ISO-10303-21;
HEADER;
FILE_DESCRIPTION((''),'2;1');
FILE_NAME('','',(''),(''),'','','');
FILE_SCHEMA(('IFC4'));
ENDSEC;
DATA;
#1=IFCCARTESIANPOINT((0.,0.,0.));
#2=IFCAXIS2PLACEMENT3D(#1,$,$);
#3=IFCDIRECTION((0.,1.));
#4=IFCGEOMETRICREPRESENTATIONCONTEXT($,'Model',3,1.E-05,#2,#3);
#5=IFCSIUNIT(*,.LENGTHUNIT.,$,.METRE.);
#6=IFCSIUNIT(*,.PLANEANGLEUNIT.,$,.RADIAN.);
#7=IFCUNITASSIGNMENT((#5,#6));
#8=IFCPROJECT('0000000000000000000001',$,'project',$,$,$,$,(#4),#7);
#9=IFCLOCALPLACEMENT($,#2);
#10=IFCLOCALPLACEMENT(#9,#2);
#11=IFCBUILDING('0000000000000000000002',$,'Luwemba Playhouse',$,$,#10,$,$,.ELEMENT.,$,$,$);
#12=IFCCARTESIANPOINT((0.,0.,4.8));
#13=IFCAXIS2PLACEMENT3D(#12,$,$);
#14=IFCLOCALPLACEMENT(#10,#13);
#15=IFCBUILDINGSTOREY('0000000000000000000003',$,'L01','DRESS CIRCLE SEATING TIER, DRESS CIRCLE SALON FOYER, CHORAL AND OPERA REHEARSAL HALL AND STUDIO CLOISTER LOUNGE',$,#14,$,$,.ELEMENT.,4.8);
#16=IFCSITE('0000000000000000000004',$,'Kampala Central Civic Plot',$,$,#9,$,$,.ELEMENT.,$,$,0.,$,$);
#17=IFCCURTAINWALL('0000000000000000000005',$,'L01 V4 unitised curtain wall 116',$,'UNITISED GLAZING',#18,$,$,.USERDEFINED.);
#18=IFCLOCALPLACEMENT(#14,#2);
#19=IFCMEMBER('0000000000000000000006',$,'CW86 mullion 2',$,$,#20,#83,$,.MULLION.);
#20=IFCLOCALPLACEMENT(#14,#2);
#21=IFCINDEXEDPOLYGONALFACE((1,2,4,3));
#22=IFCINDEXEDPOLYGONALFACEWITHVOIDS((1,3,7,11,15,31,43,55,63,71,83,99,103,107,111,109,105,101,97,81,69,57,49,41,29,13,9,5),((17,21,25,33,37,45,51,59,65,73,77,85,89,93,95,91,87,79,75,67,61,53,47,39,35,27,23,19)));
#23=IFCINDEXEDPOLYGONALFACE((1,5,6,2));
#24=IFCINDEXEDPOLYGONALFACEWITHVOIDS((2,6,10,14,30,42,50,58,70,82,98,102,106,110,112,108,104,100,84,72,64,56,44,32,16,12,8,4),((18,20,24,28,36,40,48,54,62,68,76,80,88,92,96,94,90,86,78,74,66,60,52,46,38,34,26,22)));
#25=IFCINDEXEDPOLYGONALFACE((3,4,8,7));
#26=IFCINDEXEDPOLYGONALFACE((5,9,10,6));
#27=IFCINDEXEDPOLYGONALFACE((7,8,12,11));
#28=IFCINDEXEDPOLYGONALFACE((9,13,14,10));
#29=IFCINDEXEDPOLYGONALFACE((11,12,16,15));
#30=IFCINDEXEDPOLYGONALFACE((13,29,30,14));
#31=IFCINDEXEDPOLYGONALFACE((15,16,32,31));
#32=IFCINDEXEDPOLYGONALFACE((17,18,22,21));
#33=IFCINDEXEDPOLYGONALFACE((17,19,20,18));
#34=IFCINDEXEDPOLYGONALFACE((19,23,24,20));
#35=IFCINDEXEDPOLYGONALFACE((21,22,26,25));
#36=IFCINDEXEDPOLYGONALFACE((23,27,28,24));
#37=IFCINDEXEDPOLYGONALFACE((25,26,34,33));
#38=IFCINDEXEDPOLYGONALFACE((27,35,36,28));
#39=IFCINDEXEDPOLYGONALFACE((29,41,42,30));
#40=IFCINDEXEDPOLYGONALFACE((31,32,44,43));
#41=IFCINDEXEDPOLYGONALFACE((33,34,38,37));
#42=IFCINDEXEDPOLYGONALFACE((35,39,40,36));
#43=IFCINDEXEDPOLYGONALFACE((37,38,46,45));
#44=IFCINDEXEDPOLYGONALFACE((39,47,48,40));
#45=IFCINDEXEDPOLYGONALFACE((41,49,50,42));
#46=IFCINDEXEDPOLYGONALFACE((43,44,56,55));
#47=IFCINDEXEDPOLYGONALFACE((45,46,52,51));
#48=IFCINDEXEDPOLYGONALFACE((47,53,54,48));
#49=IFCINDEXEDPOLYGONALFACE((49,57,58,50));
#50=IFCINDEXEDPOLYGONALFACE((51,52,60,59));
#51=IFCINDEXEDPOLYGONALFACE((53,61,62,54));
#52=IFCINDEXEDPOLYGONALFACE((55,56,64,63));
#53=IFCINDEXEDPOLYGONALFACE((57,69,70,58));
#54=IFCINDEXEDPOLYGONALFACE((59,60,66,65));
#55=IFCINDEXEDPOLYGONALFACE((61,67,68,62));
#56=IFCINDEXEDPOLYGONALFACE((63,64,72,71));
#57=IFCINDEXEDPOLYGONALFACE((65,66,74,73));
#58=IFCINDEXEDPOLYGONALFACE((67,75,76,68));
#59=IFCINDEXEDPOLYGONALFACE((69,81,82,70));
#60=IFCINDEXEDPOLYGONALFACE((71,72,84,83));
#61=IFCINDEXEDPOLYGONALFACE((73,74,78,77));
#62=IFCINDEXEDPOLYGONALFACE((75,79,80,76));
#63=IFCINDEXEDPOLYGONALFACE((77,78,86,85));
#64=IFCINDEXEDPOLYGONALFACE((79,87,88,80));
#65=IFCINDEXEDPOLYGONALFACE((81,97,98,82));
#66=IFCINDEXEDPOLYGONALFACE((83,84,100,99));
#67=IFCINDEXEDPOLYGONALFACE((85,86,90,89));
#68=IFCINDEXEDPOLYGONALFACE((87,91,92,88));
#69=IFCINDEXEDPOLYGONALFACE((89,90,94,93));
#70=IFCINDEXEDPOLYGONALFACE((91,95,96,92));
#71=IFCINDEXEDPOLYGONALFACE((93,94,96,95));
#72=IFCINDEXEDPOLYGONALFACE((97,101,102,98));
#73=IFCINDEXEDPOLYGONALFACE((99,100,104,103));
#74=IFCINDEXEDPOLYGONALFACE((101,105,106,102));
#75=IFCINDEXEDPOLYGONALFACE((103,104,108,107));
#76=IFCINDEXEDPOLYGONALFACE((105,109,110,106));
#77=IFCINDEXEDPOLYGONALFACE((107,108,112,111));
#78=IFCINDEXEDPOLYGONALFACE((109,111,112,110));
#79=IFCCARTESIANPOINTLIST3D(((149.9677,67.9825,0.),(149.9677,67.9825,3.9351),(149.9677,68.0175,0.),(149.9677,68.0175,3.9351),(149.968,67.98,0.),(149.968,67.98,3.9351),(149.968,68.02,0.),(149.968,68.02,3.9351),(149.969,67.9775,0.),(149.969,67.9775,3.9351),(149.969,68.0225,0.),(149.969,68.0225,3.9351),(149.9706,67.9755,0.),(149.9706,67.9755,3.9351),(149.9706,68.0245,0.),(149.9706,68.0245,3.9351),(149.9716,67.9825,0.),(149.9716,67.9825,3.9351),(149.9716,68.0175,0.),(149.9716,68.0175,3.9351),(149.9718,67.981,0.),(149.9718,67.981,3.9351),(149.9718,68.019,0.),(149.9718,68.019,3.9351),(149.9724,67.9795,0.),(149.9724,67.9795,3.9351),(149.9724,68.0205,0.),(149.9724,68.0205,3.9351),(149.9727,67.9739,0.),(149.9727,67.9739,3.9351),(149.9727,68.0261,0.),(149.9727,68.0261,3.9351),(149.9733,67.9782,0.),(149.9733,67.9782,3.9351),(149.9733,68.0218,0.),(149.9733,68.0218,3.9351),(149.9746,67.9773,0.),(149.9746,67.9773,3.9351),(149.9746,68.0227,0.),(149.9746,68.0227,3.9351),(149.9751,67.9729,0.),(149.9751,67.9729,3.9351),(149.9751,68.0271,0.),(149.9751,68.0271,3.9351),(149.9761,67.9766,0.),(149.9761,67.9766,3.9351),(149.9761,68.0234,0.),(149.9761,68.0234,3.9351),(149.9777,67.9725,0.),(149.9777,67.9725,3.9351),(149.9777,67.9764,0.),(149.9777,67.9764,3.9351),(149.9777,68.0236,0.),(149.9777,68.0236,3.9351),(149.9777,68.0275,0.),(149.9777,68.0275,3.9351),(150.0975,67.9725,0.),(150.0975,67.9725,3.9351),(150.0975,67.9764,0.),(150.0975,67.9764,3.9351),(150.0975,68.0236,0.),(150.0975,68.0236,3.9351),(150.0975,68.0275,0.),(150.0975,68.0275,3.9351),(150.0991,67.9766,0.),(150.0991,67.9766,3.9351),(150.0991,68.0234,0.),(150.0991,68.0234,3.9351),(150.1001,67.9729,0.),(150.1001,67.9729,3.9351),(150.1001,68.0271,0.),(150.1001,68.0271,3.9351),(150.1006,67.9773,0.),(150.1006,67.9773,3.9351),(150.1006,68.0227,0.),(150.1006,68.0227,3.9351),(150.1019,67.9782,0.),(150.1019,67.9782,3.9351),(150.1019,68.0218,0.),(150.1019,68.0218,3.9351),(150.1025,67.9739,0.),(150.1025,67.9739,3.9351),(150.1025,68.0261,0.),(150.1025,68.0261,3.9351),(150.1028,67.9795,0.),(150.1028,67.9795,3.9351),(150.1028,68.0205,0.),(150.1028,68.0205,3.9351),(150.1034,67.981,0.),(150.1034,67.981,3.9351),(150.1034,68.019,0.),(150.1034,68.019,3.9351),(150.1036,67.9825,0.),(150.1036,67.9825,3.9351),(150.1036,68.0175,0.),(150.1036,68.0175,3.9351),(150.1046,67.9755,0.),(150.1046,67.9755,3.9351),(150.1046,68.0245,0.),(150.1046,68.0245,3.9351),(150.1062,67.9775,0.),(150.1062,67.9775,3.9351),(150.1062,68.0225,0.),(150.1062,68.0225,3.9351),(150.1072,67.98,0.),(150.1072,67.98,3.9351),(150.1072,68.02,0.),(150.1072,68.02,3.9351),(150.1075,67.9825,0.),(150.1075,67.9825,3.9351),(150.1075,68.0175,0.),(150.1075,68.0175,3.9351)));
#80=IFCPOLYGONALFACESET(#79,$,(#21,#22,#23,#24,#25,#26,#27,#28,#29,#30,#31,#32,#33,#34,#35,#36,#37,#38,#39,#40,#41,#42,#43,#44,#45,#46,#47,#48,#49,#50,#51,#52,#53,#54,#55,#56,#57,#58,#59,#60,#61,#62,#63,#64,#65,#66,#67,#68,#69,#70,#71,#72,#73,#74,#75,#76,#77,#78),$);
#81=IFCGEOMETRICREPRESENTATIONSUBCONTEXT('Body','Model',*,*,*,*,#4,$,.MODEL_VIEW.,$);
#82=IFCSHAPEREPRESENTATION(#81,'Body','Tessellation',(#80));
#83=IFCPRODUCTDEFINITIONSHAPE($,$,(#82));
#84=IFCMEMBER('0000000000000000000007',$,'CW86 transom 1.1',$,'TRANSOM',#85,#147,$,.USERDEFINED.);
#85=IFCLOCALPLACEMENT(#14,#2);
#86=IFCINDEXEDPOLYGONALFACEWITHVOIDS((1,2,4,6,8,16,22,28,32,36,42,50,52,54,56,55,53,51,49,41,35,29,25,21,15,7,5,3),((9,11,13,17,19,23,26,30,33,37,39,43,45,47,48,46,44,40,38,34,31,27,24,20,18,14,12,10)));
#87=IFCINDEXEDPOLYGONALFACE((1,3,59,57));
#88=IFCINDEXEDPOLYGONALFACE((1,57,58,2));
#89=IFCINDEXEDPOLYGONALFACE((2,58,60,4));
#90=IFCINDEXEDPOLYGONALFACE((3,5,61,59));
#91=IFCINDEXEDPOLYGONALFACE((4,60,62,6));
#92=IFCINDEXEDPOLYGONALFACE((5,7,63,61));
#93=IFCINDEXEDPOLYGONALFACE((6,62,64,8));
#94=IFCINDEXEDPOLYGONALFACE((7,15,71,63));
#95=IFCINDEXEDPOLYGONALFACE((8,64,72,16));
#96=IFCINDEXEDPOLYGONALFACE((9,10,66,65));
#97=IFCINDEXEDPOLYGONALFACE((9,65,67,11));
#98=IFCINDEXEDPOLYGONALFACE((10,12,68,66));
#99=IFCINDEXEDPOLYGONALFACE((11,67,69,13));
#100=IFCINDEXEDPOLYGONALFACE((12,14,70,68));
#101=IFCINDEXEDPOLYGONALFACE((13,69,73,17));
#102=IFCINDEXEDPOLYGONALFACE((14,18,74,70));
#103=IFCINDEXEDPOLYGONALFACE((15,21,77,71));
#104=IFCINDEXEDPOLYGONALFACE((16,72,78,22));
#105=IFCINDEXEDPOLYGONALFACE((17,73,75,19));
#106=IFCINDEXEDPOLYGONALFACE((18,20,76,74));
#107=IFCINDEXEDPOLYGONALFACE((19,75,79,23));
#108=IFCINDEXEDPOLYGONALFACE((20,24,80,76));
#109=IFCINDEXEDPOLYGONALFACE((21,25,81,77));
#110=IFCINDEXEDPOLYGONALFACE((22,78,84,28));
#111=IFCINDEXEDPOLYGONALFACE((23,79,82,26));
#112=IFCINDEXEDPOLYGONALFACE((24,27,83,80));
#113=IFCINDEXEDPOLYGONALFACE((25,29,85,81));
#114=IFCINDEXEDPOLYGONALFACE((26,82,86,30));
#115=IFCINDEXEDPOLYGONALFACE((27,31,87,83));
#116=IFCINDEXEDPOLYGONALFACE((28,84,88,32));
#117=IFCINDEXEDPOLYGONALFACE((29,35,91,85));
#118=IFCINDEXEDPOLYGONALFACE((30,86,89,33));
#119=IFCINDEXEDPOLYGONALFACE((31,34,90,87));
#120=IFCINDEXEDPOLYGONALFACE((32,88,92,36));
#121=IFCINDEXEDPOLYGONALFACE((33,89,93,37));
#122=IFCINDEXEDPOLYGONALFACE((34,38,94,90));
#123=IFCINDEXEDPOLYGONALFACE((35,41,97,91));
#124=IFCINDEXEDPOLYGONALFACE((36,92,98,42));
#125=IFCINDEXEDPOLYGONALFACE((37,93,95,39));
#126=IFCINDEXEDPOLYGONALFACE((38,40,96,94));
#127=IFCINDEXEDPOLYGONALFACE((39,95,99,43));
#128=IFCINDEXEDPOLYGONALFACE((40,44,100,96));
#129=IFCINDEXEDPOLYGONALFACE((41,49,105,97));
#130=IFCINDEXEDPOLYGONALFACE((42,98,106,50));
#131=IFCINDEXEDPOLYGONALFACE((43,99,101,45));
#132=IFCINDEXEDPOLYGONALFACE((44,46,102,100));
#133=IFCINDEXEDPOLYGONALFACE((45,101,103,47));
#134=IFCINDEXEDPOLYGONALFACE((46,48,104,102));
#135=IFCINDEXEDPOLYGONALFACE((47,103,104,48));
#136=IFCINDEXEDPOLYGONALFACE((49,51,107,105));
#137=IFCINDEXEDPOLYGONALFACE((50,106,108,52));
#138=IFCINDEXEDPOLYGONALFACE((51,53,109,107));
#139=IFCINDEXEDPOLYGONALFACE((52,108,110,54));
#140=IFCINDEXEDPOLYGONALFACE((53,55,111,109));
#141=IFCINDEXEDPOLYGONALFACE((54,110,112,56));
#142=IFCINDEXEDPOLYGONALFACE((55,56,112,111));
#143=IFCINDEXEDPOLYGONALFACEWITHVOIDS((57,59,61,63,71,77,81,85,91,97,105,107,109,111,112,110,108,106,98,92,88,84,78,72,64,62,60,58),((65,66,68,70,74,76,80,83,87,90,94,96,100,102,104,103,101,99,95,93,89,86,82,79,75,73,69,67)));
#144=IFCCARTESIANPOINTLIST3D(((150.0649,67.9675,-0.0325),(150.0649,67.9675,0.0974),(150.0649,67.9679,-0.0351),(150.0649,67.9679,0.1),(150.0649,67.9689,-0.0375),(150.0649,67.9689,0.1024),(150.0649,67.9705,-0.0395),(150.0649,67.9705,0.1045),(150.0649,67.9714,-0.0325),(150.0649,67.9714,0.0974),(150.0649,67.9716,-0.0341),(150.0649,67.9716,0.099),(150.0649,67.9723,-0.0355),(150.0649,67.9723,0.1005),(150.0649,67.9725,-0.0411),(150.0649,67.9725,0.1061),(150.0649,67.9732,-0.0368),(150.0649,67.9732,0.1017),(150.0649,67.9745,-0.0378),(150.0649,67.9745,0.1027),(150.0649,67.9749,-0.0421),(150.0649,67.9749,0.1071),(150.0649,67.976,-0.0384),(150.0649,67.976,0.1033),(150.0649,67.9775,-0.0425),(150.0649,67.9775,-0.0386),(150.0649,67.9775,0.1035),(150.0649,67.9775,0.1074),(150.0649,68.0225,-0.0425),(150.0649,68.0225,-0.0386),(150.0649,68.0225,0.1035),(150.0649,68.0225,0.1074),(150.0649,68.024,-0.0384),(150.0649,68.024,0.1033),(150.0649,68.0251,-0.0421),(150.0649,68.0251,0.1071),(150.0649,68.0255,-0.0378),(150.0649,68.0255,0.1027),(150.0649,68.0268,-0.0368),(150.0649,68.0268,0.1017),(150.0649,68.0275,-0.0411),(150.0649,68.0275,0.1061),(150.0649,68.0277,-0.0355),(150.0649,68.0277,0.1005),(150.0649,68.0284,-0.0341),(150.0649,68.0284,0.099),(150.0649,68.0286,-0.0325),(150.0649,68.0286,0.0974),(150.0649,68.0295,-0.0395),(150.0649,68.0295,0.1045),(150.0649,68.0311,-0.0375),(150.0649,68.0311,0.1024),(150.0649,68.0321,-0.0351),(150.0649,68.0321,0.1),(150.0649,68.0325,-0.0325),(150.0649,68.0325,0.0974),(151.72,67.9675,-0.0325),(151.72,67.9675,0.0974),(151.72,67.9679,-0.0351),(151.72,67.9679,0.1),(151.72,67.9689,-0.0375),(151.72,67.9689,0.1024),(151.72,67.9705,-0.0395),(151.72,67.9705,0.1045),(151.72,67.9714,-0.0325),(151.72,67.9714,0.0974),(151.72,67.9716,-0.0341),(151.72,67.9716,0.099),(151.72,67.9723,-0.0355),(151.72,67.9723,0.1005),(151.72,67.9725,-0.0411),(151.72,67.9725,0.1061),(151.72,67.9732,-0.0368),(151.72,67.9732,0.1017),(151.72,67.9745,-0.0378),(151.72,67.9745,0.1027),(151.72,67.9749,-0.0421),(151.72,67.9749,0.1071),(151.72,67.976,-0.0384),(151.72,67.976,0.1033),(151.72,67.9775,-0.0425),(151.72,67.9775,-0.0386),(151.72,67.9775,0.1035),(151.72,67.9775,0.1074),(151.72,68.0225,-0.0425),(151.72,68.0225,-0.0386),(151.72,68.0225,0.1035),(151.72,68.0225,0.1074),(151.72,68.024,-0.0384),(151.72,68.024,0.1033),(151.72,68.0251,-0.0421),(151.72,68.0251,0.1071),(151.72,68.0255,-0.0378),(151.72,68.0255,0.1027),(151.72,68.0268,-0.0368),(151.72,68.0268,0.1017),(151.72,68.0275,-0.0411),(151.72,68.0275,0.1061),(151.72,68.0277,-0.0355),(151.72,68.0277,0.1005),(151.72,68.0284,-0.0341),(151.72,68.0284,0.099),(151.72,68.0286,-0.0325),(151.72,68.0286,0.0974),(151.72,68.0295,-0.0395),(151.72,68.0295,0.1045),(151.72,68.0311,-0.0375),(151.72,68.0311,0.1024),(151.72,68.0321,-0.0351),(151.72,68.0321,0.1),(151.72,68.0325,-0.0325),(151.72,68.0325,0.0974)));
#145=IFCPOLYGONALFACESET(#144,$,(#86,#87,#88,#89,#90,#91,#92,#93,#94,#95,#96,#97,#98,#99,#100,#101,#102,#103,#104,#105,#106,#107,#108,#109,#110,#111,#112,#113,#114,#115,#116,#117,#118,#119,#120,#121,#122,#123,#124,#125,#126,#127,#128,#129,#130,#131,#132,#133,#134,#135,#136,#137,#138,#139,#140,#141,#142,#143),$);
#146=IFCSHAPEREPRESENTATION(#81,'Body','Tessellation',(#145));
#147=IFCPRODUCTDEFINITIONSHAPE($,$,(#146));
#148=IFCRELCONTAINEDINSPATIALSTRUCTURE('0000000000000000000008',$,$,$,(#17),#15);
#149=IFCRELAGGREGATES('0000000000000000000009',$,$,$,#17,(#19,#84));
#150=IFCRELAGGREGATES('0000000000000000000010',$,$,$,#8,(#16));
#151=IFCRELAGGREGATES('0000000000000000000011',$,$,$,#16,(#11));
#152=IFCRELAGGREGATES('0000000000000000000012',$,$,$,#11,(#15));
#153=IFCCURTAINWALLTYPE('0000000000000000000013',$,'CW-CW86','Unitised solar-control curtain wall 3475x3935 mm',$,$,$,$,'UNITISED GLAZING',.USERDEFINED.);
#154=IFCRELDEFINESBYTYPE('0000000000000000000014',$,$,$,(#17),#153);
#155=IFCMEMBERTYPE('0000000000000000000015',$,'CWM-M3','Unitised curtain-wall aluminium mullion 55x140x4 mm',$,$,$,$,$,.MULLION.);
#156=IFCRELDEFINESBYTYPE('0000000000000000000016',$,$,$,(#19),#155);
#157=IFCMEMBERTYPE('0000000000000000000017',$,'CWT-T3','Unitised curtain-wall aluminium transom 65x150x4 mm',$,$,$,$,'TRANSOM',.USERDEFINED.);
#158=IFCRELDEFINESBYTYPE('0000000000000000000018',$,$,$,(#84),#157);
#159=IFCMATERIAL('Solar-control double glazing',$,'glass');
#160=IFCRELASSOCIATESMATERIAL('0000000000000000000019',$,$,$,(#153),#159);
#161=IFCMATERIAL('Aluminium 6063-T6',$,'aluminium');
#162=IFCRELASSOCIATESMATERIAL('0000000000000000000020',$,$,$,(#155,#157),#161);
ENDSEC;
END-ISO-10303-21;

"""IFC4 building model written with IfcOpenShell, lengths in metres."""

from ifc_helpers import new_model, si_unit, direction, frame, origin, origin_2d, place, context, subcontext, project, spatial, hollow_rectangle, extrude, material, material_profile, profile_set, type_object, element, aggregate, save


model = new_model("IFC4")

# Units and contexts
model_context = context("Model", 3, precision=1e-05, world=origin(), true_north=direction((0.0, 1.0)))
body_context = subcontext(model_context, "Body", "Model", "MODEL_VIEW")
ifc_project = project(units=[si_unit("LENGTHUNIT", "METRE"), si_unit("PLANEANGLEUNIT", "RADIAN")], contexts=[model_context])

# Site, building, storey
site_placement = place(None, origin())
site = spatial("IfcSite", under=ifc_project, at=site_placement, Name="Kampala Central Civic Plot", CompositionType="ELEMENT", RefElevation=0.0)
building_placement = place(site_placement, origin())
building = spatial("IfcBuilding", under=site, at=building_placement, Name="Luwemba Playhouse", CompositionType="ELEMENT")
storey_placement = place(building_placement, frame((0.0, 0.0, 4.8)))
storey = spatial("IfcBuildingStorey", under=building, at=storey_placement, Name="L01", Description="DRESS CIRCLE SEATING TIER, DRESS CIRCLE SALON FOYER, CHORAL AND OPERA REHEARSAL HALL AND STUDIO CLOISTER LOUNGE", CompositionType="ELEMENT", Elevation=4.8)

# Curtain wall, members
ifc_material_1 = material(Name="Solar-control double glazing", Category="glass")
curtain_wall_type = type_object("IfcCurtainWallType", Name="CW-CW86", Description="Unitised solar-control curtain wall 3475x3935 mm", ElementType="UNITISED GLAZING", PredefinedType="USERDEFINED", material=ifc_material_1)
curtain_wall_placement = place(storey_placement, origin())
curtain_wall = element("IfcCurtainWall", 1, at=curtain_wall_placement, inside=storey, type_object=curtain_wall_type, Name="L01 V4 unitised curtain wall 116", ObjectType="UNITISED GLAZING", PredefinedType="USERDEFINED")
ifc_material_2 = material(Name="Aluminium 6063-T6", Category="aluminium")
ifc_material_profile_1 = material_profile(ifc_material_2, hollow_rectangle(XDim=0.0549, YDim=0.1399, WallThickness=0.0039, InnerFilletRadius=0.0061, OuterFilletRadius=0.01, at=origin_2d()))
ifc_profile_set_1 = profile_set([ifc_material_profile_1], Name="Aluminium 6063-T6")
member_type_1 = type_object("IfcMemberType", Name="CWM-M3", Description="Unitised curtain-wall aluminium mullion 55x140x4 mm", PredefinedType="MULLION", material=ifc_profile_set_1)
member_1_placement = place(storey_placement, frame((150.0376, 68.0, 0.0), z_axis=(0.0, 0.0, 1.0), x_axis=(0.0, -1.0, 0.0)))
member_1 = element("IfcMember", 2, at=member_1_placement, type_object=member_type_1, Name="CW86 mullion 2", PredefinedType="MULLION", context=body_context, shape_type="SweptSolid", body=[
    extrude(hollow_rectangle(XDim=0.0549, YDim=0.1399, WallThickness=0.0039, InnerFilletRadius=0.0061, OuterFilletRadius=0.01, at=origin_2d()), origin(), (0.0, 0.0, 1.0), 3.9351),
])
ifc_material_profile_2 = material_profile(ifc_material_2, hollow_rectangle(XDim=0.0649, YDim=0.1499, WallThickness=0.0039, InnerFilletRadius=0.0061, OuterFilletRadius=0.01, at=origin_2d()))
ifc_profile_set_2 = profile_set([ifc_material_profile_2], Name="Aluminium 6063-T6")
member_type_2 = type_object("IfcMemberType", Name="CWT-T3", Description="Unitised curtain-wall aluminium transom 65x150x4 mm", ElementType="TRANSOM", PredefinedType="USERDEFINED", material=ifc_profile_set_2)
member_2_placement = place(storey_placement, frame((151.72, 68.0, 0.0325), z_axis=(-1.0, 0.0, 0.0), x_axis=(0.0, -1.0, 0.0)))
member_2 = element("IfcMember", 3, at=member_2_placement, type_object=member_type_2, Name="CW86 transom 1.1", ObjectType="TRANSOM", PredefinedType="USERDEFINED", context=body_context, shape_type="SweptSolid", body=[
    extrude(hollow_rectangle(XDim=0.0649, YDim=0.1499, WallThickness=0.0039, InnerFilletRadius=0.0061, OuterFilletRadius=0.01, at=origin_2d()), origin(), (0.0, 0.0, 1.0), 1.655),
])
aggregate(curtain_wall, [member_1, member_2])

save(model, "model.ifc")
